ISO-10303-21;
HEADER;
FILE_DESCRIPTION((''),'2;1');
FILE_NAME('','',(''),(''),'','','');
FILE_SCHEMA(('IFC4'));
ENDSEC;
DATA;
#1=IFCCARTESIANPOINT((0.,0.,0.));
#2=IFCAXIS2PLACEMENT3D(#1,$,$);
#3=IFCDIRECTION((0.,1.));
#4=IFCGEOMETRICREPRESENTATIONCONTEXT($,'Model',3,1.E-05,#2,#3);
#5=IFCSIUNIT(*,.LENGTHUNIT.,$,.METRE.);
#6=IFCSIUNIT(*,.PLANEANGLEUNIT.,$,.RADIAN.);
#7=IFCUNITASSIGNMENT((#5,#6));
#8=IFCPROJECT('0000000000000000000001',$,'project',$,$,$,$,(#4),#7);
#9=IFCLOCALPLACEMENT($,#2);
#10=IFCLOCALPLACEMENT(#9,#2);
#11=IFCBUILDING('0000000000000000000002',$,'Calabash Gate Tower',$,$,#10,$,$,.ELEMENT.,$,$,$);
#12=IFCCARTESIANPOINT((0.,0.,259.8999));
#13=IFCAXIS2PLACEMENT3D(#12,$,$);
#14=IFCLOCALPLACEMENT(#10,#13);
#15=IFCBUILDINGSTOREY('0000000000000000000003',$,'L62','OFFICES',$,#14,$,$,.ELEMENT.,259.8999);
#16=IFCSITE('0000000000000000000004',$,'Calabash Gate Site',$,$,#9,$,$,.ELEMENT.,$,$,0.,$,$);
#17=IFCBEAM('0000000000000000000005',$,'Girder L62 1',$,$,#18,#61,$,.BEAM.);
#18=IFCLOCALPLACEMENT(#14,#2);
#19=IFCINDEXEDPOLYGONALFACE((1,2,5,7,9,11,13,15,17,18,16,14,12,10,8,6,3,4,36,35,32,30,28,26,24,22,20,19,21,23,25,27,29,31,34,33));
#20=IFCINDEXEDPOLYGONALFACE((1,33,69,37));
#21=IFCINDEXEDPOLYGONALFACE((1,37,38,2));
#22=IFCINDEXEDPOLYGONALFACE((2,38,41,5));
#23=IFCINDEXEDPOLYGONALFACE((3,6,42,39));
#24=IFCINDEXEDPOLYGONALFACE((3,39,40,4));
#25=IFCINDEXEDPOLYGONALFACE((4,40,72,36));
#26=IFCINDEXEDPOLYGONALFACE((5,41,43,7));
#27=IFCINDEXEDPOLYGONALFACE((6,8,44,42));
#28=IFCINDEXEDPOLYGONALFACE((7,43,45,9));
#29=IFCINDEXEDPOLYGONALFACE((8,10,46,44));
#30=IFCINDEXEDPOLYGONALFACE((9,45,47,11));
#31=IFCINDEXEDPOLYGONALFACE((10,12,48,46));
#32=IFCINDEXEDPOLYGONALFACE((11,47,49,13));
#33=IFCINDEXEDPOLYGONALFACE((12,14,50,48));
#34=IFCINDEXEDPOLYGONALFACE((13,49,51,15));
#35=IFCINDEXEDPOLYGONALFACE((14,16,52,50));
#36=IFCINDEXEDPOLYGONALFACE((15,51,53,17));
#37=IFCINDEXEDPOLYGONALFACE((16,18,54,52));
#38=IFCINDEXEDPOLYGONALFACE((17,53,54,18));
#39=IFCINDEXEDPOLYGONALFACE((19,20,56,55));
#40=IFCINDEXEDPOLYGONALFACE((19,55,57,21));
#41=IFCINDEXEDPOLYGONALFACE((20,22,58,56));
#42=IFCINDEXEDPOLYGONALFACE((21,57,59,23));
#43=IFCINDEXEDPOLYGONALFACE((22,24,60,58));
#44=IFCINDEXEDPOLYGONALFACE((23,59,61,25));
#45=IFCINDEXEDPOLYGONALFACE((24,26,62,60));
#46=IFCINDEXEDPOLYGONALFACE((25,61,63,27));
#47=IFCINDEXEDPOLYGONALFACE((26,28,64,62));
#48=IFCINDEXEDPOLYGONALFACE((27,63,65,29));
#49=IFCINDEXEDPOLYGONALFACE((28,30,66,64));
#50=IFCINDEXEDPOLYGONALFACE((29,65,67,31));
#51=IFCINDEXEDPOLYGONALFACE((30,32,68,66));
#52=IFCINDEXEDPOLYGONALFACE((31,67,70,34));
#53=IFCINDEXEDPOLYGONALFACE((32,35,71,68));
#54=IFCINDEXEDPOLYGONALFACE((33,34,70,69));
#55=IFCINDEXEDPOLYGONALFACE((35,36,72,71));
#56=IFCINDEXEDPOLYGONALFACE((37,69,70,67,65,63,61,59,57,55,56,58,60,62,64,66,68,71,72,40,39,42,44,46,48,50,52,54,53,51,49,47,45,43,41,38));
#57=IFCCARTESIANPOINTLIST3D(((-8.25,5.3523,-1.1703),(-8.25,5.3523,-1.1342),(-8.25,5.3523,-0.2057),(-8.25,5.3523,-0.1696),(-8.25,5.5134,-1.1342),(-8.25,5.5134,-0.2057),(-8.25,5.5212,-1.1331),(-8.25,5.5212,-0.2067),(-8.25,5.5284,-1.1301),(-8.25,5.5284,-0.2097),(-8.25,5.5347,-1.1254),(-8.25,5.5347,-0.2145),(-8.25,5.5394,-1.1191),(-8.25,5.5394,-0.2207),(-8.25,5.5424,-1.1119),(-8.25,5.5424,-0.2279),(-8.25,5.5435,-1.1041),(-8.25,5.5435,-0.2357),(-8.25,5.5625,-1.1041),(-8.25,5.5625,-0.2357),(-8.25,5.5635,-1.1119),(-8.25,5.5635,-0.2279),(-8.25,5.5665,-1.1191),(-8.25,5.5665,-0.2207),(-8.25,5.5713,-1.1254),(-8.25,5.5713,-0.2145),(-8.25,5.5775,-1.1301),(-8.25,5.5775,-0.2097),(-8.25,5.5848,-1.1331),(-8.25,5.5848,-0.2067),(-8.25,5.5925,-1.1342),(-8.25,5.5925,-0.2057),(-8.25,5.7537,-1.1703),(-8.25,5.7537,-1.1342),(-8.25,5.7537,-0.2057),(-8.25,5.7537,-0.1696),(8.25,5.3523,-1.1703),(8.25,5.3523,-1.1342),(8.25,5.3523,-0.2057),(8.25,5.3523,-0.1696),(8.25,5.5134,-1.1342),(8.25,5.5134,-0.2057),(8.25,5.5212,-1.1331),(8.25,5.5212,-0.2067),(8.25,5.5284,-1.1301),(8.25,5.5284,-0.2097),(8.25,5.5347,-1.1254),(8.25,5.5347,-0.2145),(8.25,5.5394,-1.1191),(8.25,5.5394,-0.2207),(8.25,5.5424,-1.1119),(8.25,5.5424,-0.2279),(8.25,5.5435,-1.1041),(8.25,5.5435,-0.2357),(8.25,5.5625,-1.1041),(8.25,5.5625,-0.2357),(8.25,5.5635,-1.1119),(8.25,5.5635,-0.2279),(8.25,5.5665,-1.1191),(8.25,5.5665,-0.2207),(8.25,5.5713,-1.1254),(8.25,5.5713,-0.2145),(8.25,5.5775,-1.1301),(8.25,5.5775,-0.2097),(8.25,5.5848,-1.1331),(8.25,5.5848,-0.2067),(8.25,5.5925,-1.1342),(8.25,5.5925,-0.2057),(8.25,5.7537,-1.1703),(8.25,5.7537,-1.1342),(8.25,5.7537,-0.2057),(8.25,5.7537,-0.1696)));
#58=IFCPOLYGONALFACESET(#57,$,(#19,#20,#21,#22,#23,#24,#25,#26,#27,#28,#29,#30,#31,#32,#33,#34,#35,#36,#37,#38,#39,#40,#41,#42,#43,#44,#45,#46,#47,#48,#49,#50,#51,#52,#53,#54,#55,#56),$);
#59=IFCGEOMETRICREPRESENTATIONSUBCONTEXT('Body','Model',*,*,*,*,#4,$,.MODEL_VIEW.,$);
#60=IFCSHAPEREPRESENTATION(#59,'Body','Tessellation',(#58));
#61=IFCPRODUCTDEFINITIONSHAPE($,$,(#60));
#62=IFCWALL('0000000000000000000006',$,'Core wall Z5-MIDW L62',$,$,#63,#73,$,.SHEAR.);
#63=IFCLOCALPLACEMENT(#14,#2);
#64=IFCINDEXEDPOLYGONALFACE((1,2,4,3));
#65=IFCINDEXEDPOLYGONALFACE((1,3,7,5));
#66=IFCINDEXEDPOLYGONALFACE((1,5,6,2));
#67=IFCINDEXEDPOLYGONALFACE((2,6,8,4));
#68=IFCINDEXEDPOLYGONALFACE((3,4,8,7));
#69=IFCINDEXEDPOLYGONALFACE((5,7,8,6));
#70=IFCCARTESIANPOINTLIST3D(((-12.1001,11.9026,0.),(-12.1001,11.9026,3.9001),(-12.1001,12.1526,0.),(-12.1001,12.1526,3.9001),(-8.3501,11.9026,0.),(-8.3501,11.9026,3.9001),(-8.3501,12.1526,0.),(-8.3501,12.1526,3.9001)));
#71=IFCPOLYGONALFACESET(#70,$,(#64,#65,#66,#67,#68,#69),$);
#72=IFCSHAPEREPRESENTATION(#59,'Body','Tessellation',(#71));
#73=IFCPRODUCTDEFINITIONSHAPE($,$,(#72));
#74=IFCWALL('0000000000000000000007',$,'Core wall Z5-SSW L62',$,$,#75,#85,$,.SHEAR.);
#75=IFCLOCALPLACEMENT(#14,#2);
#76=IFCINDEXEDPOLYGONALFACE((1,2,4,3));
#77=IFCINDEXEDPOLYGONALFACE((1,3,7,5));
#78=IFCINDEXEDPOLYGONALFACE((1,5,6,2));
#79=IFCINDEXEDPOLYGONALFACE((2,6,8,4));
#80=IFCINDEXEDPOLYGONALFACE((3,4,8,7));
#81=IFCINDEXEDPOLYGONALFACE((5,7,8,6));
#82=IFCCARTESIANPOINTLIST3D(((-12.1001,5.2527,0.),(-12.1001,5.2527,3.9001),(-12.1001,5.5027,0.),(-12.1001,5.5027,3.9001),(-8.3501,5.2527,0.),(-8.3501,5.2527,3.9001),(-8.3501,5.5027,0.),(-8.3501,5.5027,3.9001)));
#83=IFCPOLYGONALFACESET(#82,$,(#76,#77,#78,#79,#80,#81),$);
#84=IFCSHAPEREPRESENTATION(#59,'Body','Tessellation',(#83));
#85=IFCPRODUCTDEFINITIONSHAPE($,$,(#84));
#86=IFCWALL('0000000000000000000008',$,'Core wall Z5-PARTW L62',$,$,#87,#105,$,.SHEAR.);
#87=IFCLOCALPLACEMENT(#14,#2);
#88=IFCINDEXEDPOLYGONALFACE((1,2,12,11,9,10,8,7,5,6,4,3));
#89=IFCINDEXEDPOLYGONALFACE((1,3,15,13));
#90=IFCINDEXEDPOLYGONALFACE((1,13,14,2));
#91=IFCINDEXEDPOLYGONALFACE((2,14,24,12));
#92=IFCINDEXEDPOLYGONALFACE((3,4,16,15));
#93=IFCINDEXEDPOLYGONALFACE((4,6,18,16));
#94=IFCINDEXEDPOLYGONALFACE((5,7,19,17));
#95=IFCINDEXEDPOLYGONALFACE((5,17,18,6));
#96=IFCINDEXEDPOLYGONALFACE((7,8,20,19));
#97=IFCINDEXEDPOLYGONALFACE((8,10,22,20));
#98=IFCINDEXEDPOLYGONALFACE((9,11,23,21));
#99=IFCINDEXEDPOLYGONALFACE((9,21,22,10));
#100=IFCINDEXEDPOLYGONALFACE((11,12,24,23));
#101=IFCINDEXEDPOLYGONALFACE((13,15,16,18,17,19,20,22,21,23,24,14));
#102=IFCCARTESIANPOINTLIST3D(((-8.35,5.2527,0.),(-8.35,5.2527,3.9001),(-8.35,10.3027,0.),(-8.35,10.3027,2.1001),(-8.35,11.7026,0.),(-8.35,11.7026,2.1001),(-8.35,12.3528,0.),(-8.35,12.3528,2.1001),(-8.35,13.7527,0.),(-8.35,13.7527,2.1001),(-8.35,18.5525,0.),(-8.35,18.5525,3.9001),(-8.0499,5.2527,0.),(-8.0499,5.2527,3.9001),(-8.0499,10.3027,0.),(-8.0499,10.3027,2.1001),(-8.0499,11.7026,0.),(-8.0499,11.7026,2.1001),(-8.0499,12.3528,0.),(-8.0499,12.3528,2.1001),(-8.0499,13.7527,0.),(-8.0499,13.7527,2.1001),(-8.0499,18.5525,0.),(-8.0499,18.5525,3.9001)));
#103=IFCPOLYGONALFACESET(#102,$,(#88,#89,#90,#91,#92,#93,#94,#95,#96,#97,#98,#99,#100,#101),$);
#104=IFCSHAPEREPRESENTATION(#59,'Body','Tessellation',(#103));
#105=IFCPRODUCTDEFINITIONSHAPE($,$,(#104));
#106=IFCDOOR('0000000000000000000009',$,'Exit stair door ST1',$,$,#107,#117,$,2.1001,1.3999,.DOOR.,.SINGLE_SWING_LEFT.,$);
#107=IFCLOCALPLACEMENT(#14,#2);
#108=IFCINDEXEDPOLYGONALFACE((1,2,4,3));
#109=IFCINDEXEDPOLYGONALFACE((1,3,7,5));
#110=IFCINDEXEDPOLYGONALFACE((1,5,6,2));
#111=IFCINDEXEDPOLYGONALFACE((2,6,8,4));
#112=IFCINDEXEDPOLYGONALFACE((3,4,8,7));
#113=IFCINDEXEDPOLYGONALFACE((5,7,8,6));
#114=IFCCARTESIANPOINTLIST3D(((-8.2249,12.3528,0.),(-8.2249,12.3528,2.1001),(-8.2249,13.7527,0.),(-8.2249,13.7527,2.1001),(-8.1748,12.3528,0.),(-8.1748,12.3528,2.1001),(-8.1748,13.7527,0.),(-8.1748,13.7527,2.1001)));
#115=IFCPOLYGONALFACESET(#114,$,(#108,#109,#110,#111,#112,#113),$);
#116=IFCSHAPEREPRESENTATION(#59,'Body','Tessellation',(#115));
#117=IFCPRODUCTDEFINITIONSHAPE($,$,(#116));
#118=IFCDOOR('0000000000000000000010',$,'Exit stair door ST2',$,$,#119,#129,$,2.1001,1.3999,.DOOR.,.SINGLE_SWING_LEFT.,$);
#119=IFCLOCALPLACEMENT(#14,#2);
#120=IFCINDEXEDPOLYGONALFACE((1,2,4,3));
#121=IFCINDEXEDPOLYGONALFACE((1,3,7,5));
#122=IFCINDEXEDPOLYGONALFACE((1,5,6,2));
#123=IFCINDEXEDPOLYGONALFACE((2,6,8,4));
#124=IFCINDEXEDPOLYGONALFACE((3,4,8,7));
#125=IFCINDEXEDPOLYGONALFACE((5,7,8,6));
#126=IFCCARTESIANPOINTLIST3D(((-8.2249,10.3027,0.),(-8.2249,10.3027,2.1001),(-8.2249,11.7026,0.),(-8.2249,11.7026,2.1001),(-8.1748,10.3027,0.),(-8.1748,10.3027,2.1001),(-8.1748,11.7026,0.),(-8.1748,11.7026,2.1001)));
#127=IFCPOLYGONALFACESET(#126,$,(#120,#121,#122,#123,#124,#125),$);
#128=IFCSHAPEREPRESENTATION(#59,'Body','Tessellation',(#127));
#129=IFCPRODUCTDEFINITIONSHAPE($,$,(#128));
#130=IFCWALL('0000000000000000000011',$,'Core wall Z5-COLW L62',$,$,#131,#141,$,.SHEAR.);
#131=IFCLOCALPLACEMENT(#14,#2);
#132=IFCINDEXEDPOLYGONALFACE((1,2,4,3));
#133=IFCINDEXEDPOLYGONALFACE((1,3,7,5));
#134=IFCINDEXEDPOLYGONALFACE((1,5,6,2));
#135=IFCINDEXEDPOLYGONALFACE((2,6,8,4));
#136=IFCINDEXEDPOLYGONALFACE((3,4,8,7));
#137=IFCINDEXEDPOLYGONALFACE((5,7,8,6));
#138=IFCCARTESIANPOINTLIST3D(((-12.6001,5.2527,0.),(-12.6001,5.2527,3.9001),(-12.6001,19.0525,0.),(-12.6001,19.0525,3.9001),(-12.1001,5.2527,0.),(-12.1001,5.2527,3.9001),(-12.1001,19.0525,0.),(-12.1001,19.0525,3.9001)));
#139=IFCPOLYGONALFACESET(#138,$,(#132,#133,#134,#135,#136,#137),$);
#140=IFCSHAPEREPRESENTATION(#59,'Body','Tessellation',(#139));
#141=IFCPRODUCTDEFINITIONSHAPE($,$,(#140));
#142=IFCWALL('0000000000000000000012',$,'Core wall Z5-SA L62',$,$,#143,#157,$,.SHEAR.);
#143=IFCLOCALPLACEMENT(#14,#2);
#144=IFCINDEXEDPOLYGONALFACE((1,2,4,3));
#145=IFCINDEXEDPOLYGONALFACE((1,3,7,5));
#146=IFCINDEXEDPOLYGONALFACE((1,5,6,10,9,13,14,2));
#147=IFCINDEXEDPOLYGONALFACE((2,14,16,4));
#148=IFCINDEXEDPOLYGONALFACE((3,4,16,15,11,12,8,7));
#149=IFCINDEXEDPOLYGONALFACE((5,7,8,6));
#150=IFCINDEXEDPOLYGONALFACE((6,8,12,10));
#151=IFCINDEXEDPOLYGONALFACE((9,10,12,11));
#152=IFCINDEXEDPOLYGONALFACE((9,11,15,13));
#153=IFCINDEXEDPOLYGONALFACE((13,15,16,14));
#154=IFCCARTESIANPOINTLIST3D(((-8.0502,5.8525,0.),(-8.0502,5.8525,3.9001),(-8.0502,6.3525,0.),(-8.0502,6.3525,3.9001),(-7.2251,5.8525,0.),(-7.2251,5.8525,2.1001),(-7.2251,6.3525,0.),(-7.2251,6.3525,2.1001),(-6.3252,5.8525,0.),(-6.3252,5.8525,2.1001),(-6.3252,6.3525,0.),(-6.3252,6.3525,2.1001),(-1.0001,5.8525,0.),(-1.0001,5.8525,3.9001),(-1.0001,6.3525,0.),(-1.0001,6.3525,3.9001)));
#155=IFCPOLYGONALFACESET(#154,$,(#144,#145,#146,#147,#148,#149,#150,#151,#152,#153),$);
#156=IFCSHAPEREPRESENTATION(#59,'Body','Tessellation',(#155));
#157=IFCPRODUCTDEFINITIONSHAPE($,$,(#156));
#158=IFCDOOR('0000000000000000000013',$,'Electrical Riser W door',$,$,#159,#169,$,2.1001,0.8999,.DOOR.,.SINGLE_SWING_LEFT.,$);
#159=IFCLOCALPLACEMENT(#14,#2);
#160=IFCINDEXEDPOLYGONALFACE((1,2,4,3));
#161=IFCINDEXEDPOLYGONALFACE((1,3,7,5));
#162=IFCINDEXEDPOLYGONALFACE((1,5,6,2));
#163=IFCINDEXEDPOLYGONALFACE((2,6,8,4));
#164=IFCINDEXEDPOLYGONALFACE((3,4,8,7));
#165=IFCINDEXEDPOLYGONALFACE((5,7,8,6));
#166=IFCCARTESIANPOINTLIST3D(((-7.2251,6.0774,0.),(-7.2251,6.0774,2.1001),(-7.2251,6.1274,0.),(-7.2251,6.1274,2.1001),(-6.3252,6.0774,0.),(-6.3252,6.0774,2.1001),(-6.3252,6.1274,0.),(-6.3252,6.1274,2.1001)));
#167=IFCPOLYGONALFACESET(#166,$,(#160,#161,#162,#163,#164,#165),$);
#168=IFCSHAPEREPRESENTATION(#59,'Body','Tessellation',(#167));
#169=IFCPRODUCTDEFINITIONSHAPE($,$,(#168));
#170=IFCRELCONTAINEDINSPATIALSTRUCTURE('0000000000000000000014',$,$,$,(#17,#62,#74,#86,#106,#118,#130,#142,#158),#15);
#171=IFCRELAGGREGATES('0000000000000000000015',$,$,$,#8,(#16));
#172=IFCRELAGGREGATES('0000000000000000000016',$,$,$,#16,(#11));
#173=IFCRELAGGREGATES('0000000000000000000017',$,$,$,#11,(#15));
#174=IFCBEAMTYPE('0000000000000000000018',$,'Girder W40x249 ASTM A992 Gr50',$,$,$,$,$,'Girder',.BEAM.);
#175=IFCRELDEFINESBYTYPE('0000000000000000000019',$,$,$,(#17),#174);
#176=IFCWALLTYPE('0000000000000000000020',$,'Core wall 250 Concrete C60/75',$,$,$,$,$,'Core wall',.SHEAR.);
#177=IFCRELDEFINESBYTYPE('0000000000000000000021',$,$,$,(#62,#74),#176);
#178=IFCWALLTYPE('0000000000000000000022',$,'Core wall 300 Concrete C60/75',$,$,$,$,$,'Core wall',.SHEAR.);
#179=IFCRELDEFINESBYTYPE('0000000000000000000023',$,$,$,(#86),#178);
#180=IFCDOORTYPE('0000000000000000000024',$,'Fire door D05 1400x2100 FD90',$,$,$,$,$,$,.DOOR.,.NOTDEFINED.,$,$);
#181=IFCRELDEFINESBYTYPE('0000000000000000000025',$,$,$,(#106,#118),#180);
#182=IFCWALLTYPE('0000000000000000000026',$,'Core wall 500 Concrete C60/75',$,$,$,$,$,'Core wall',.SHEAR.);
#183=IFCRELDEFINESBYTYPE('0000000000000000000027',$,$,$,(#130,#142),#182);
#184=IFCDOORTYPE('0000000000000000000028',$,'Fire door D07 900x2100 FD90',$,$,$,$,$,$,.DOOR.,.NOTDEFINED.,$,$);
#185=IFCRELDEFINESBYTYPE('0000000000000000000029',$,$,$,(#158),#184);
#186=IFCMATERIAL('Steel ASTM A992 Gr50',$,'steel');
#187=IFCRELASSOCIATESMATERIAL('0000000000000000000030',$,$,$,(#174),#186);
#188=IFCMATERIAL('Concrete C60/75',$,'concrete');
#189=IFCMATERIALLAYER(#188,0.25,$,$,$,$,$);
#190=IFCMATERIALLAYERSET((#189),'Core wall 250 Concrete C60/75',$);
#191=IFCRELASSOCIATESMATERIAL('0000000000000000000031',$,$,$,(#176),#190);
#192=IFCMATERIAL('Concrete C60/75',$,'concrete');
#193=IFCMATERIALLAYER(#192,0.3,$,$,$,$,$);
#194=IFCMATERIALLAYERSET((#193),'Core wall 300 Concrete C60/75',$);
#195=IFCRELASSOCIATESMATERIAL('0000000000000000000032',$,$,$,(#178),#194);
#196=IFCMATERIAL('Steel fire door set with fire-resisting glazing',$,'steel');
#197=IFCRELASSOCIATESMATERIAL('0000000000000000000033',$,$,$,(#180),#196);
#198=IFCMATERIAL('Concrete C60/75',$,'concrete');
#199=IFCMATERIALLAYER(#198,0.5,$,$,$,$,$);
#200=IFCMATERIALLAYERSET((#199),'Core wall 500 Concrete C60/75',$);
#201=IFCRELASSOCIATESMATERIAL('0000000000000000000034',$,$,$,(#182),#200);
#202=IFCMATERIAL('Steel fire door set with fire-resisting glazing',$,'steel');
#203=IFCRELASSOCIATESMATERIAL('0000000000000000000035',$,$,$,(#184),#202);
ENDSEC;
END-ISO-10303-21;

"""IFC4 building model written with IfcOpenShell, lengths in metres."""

from ifc_helpers import new_model, si_unit, direction, frame, frame_2d, origin, origin_2d, place, context, subcontext, project, spatial, rectangle, i_section, extrude, material, layer, layer_set, material_profile, profile_set, type_object, element, fill, save


model = new_model("IFC4")

# Units and contexts
model_context = context("Model", 3, precision=1e-05, world=origin(), true_north=direction((0.0, 1.0)))
body_context = subcontext(model_context, "Body", "Model", "MODEL_VIEW")
ifc_project = project(units=[si_unit("LENGTHUNIT", "METRE"), si_unit("PLANEANGLEUNIT", "RADIAN")], contexts=[model_context])

# Site, building, storey
site_placement = place(None, origin())
site = spatial("IfcSite", under=ifc_project, at=site_placement, Name="Calabash Gate Site", CompositionType="ELEMENT", RefElevation=0.0)
building_placement = place(site_placement, origin())
building = spatial("IfcBuilding", under=site, at=building_placement, Name="Calabash Gate Tower", CompositionType="ELEMENT")
storey_placement = place(building_placement, frame((0.0, 0.0, 259.8999)))
storey = spatial("IfcBuildingStorey", under=building, at=storey_placement, Name="L62", Description="OFFICES", CompositionType="ELEMENT", Elevation=259.8999)

# Beam
ifc_material_1 = material(Name="Steel ASTM A992 Gr50", Category="steel")
ifc_material_profile = material_profile(ifc_material_1, i_section(OverallWidth=0.4014, OverallDepth=1.0007, WebThickness=0.019, FlangeThickness=0.0361, FilletRadius=0.03, at=origin_2d()))
ifc_profile_set = profile_set([ifc_material_profile], Name="Steel ASTM A992 Gr50")
beam_type = type_object("IfcBeamType", Name="Girder W40x249 ASTM A992 Gr50", ElementType="Girder", PredefinedType="BEAM", material=ifc_profile_set)
beam_placement = place(storey_placement, frame((-8.25, 5.553, -0.6699), z_axis=(1.0, 0.0, 0.0), x_axis=(0.0, 1.0, 0.0)))
element("IfcBeam", 1, at=beam_placement, inside=storey, type_object=beam_type, Name="Girder L62 1", PredefinedType="BEAM", context=body_context, shape_type="SweptSolid", body=[
    extrude(i_section(OverallWidth=0.4014, OverallDepth=1.0007, WebThickness=0.019, FlangeThickness=0.0361, FilletRadius=0.03, at=origin_2d()), origin(), (0.0, 0.0, 1.0), 16.5),
])

# Walls
ifc_material_2 = material(Name="Concrete C60/75", Category="concrete")
ifc_layer_1 = layer(ifc_material_2, 0.25)
ifc_layer_set_1 = layer_set([ifc_layer_1], Name="Core wall 250 Concrete C60/75")
wall_type_1 = type_object("IfcWallType", Name="Core wall 250 Concrete C60/75", ElementType="Core wall", PredefinedType="SHEAR", material=ifc_layer_set_1)
for number, where, z_axis, x_axis, name in (
    (2, (-12.1001, 12.0276, 0.0), (0.0, 0.0, 1.0), (1.0, 0.0, 0.0), "Core wall Z5-MIDW L62"),
    (3, (-12.1001, 5.3777, 0.0), (0.0, 0.0, 1.0), (1.0, 0.0, 0.0), "Core wall Z5-SSW L62"),
):
    element("IfcWall", number, at=place(storey_placement, frame(where, z_axis=z_axis, x_axis=x_axis)), inside=storey, type_object=wall_type_1, Name=name, PredefinedType="SHEAR", context=body_context, shape_type="SweptSolid", body=[
        extrude(rectangle(XDim=3.75, YDim=0.25, at=frame_2d((1.875, 0.0))), origin(), (0.0, 0.0, 1.0), 3.9001),
    ])

# Wall, openings, doors
ifc_material_3 = material(Name="Concrete C60/75", Category="concrete")
ifc_layer_2 = layer(ifc_material_3, 0.3)
ifc_layer_set_2 = layer_set([ifc_layer_2], Name="Core wall 300 Concrete C60/75")
wall_type_2 = type_object("IfcWallType", Name="Core wall 300 Concrete C60/75", ElementType="Core wall", PredefinedType="SHEAR", material=ifc_layer_set_2)
wall_1_placement = place(storey_placement, frame((-8.2, 5.2527, 0.0), z_axis=(0.0, 0.0, 1.0), x_axis=(0.0, 1.0, 0.0)))
wall_1 = element("IfcWall", 4, at=wall_1_placement, inside=storey, type_object=wall_type_2, Name="Core wall Z5-PARTW L62", PredefinedType="SHEAR", context=body_context, shape_type="SweptSolid", body=[
    extrude(rectangle(XDim=13.2998, YDim=0.3, at=frame_2d((6.6499, 0.0))), origin(), (0.0, 0.0, 1.0), 3.9001),
])
opening_1_placement = place(wall_1_placement, frame((7.1001, 0.0, 0.0)))
opening_1 = element("IfcOpeningElement", 5, at=opening_1_placement, cuts=wall_1, PredefinedType="OPENING", context=body_context, shape_type="SweptSolid", body=[
    extrude(rectangle(XDim=1.3999, YDim=2.1001, at=frame_2d((0.7, 1.05))), frame((0.0, 0.1599, 0.0), z_axis=(0.0, -1.0, 0.0), x_axis=(1.0, 0.0, 0.0)), (0.0, 0.0, 1.0), 0.3201),
])
opening_2_placement = place(wall_1_placement, frame((5.05, 0.0, 0.0)))
opening_2 = element("IfcOpeningElement", 6, at=opening_2_placement, cuts=wall_1, PredefinedType="OPENING", context=body_context, shape_type="SweptSolid", body=[
    extrude(rectangle(XDim=1.3999, YDim=2.1001, at=frame_2d((0.7, 1.05))), frame((0.0, 0.1599, 0.0), z_axis=(0.0, -1.0, 0.0), x_axis=(1.0, 0.0, 0.0)), (0.0, 0.0, 1.0), 0.3201),
])
ifc_material_4 = material(Name="Steel fire door set with fire-resisting glazing", Category="steel")
door_type_1 = type_object("IfcDoorType", Name="Fire door D05 1400x2100 FD90", OperationType="NOTDEFINED", PredefinedType="DOOR", material=ifc_material_4)
door_1_placement = place(opening_1_placement, origin())
door_1 = element("IfcDoor", 7, at=door_1_placement, inside=storey, type_object=door_type_1, Name="Exit stair door ST1", OperationType="SINGLE_SWING_LEFT", OverallHeight=2.1001, OverallWidth=1.3999, PredefinedType="DOOR", context=body_context, shape_type="SweptSolid", body=[
    extrude(rectangle(XDim=1.3999, YDim=2.1001, at=frame_2d((0.7, 1.05))), frame((0.0, 0.0249, 0.0), z_axis=(0.0, -1.0, 0.0), x_axis=(1.0, 0.0, 0.0)), (0.0, 0.0, 1.0), 0.05),
])
fill(opening_1, door_1)
door_2_placement = place(opening_2_placement, origin())
door_2 = element("IfcDoor", 8, at=door_2_placement, inside=storey, type_object=door_type_1, Name="Exit stair door ST2", OperationType="SINGLE_SWING_LEFT", OverallHeight=2.1001, OverallWidth=1.3999, PredefinedType="DOOR", context=body_context, shape_type="SweptSolid", body=[
    extrude(rectangle(XDim=1.3999, YDim=2.1001, at=frame_2d((0.7, 1.05))), frame((0.0, 0.0249, 0.0), z_axis=(0.0, -1.0, 0.0), x_axis=(1.0, 0.0, 0.0)), (0.0, 0.0, 1.0), 0.05),
])
fill(opening_2, door_2)

# Wall
ifc_material_5 = material(Name="Concrete C60/75", Category="concrete")
ifc_layer_3 = layer(ifc_material_5, 0.5)
ifc_layer_set_3 = layer_set([ifc_layer_3], Name="Core wall 500 Concrete C60/75")
wall_type_3 = type_object("IfcWallType", Name="Core wall 500 Concrete C60/75", ElementType="Core wall", PredefinedType="SHEAR", material=ifc_layer_set_3)
wall_2_placement = place(storey_placement, frame((-12.3501, 5.2527, 0.0), z_axis=(0.0, 0.0, 1.0), x_axis=(0.0, 1.0, 0.0)))
element("IfcWall", 9, at=wall_2_placement, inside=storey, type_object=wall_type_3, Name="Core wall Z5-COLW L62", PredefinedType="SHEAR", context=body_context, shape_type="SweptSolid", body=[
    extrude(rectangle(XDim=13.7998, YDim=0.5, at=frame_2d((6.8999, 0.0))), origin(), (0.0, 0.0, 1.0), 3.9001),
])

# Wall, opening, door
wall_3_placement = place(storey_placement, frame((-8.05, 6.1025, 0.0), z_axis=(0.0, 0.0, 1.0), x_axis=(1.0, 0.0, 0.0)))
wall_3 = element("IfcWall", 10, at=wall_3_placement, inside=storey, type_object=wall_type_3, Name="Core wall Z5-SA L62", PredefinedType="SHEAR", context=body_context, shape_type="SweptSolid", body=[
    extrude(rectangle(XDim=7.05, YDim=0.5, at=frame_2d((3.5249, 0.0))), origin(), (0.0, 0.0, 1.0), 3.9001),
])
opening_3_placement = place(wall_3_placement, frame((0.825, 0.0, 0.0)))
opening_3 = element("IfcOpeningElement", 11, at=opening_3_placement, cuts=wall_3, PredefinedType="OPENING", context=body_context, shape_type="SweptSolid", body=[
    extrude(rectangle(XDim=0.8999, YDim=2.1001, at=frame_2d((0.45, 1.05))), frame((0.0, 0.26, 0.0), z_axis=(0.0, -1.0, 0.0), x_axis=(1.0, 0.0, 0.0)), (0.0, 0.0, 1.0), 0.52),
])
ifc_material_6 = material(Name="Steel fire door set with fire-resisting glazing", Category="steel")
door_type_2 = type_object("IfcDoorType", Name="Fire door D07 900x2100 FD90", OperationType="NOTDEFINED", PredefinedType="DOOR", material=ifc_material_6)
door_3_placement = place(opening_3_placement, origin())
door_3 = element("IfcDoor", 12, at=door_3_placement, inside=storey, type_object=door_type_2, Name="Electrical Riser W door", OperationType="SINGLE_SWING_LEFT", OverallHeight=2.1001, OverallWidth=0.8999, PredefinedType="DOOR", context=body_context, shape_type="SweptSolid", body=[
    extrude(rectangle(XDim=0.8999, YDim=2.1001, at=frame_2d((0.45, 1.05))), frame((0.0, 0.0249, 0.0), z_axis=(0.0, -1.0, 0.0), x_axis=(1.0, 0.0, 0.0)), (0.0, 0.0, 1.0), 0.05),
])
fill(opening_3, door_3)

save(model, "model.ifc")
